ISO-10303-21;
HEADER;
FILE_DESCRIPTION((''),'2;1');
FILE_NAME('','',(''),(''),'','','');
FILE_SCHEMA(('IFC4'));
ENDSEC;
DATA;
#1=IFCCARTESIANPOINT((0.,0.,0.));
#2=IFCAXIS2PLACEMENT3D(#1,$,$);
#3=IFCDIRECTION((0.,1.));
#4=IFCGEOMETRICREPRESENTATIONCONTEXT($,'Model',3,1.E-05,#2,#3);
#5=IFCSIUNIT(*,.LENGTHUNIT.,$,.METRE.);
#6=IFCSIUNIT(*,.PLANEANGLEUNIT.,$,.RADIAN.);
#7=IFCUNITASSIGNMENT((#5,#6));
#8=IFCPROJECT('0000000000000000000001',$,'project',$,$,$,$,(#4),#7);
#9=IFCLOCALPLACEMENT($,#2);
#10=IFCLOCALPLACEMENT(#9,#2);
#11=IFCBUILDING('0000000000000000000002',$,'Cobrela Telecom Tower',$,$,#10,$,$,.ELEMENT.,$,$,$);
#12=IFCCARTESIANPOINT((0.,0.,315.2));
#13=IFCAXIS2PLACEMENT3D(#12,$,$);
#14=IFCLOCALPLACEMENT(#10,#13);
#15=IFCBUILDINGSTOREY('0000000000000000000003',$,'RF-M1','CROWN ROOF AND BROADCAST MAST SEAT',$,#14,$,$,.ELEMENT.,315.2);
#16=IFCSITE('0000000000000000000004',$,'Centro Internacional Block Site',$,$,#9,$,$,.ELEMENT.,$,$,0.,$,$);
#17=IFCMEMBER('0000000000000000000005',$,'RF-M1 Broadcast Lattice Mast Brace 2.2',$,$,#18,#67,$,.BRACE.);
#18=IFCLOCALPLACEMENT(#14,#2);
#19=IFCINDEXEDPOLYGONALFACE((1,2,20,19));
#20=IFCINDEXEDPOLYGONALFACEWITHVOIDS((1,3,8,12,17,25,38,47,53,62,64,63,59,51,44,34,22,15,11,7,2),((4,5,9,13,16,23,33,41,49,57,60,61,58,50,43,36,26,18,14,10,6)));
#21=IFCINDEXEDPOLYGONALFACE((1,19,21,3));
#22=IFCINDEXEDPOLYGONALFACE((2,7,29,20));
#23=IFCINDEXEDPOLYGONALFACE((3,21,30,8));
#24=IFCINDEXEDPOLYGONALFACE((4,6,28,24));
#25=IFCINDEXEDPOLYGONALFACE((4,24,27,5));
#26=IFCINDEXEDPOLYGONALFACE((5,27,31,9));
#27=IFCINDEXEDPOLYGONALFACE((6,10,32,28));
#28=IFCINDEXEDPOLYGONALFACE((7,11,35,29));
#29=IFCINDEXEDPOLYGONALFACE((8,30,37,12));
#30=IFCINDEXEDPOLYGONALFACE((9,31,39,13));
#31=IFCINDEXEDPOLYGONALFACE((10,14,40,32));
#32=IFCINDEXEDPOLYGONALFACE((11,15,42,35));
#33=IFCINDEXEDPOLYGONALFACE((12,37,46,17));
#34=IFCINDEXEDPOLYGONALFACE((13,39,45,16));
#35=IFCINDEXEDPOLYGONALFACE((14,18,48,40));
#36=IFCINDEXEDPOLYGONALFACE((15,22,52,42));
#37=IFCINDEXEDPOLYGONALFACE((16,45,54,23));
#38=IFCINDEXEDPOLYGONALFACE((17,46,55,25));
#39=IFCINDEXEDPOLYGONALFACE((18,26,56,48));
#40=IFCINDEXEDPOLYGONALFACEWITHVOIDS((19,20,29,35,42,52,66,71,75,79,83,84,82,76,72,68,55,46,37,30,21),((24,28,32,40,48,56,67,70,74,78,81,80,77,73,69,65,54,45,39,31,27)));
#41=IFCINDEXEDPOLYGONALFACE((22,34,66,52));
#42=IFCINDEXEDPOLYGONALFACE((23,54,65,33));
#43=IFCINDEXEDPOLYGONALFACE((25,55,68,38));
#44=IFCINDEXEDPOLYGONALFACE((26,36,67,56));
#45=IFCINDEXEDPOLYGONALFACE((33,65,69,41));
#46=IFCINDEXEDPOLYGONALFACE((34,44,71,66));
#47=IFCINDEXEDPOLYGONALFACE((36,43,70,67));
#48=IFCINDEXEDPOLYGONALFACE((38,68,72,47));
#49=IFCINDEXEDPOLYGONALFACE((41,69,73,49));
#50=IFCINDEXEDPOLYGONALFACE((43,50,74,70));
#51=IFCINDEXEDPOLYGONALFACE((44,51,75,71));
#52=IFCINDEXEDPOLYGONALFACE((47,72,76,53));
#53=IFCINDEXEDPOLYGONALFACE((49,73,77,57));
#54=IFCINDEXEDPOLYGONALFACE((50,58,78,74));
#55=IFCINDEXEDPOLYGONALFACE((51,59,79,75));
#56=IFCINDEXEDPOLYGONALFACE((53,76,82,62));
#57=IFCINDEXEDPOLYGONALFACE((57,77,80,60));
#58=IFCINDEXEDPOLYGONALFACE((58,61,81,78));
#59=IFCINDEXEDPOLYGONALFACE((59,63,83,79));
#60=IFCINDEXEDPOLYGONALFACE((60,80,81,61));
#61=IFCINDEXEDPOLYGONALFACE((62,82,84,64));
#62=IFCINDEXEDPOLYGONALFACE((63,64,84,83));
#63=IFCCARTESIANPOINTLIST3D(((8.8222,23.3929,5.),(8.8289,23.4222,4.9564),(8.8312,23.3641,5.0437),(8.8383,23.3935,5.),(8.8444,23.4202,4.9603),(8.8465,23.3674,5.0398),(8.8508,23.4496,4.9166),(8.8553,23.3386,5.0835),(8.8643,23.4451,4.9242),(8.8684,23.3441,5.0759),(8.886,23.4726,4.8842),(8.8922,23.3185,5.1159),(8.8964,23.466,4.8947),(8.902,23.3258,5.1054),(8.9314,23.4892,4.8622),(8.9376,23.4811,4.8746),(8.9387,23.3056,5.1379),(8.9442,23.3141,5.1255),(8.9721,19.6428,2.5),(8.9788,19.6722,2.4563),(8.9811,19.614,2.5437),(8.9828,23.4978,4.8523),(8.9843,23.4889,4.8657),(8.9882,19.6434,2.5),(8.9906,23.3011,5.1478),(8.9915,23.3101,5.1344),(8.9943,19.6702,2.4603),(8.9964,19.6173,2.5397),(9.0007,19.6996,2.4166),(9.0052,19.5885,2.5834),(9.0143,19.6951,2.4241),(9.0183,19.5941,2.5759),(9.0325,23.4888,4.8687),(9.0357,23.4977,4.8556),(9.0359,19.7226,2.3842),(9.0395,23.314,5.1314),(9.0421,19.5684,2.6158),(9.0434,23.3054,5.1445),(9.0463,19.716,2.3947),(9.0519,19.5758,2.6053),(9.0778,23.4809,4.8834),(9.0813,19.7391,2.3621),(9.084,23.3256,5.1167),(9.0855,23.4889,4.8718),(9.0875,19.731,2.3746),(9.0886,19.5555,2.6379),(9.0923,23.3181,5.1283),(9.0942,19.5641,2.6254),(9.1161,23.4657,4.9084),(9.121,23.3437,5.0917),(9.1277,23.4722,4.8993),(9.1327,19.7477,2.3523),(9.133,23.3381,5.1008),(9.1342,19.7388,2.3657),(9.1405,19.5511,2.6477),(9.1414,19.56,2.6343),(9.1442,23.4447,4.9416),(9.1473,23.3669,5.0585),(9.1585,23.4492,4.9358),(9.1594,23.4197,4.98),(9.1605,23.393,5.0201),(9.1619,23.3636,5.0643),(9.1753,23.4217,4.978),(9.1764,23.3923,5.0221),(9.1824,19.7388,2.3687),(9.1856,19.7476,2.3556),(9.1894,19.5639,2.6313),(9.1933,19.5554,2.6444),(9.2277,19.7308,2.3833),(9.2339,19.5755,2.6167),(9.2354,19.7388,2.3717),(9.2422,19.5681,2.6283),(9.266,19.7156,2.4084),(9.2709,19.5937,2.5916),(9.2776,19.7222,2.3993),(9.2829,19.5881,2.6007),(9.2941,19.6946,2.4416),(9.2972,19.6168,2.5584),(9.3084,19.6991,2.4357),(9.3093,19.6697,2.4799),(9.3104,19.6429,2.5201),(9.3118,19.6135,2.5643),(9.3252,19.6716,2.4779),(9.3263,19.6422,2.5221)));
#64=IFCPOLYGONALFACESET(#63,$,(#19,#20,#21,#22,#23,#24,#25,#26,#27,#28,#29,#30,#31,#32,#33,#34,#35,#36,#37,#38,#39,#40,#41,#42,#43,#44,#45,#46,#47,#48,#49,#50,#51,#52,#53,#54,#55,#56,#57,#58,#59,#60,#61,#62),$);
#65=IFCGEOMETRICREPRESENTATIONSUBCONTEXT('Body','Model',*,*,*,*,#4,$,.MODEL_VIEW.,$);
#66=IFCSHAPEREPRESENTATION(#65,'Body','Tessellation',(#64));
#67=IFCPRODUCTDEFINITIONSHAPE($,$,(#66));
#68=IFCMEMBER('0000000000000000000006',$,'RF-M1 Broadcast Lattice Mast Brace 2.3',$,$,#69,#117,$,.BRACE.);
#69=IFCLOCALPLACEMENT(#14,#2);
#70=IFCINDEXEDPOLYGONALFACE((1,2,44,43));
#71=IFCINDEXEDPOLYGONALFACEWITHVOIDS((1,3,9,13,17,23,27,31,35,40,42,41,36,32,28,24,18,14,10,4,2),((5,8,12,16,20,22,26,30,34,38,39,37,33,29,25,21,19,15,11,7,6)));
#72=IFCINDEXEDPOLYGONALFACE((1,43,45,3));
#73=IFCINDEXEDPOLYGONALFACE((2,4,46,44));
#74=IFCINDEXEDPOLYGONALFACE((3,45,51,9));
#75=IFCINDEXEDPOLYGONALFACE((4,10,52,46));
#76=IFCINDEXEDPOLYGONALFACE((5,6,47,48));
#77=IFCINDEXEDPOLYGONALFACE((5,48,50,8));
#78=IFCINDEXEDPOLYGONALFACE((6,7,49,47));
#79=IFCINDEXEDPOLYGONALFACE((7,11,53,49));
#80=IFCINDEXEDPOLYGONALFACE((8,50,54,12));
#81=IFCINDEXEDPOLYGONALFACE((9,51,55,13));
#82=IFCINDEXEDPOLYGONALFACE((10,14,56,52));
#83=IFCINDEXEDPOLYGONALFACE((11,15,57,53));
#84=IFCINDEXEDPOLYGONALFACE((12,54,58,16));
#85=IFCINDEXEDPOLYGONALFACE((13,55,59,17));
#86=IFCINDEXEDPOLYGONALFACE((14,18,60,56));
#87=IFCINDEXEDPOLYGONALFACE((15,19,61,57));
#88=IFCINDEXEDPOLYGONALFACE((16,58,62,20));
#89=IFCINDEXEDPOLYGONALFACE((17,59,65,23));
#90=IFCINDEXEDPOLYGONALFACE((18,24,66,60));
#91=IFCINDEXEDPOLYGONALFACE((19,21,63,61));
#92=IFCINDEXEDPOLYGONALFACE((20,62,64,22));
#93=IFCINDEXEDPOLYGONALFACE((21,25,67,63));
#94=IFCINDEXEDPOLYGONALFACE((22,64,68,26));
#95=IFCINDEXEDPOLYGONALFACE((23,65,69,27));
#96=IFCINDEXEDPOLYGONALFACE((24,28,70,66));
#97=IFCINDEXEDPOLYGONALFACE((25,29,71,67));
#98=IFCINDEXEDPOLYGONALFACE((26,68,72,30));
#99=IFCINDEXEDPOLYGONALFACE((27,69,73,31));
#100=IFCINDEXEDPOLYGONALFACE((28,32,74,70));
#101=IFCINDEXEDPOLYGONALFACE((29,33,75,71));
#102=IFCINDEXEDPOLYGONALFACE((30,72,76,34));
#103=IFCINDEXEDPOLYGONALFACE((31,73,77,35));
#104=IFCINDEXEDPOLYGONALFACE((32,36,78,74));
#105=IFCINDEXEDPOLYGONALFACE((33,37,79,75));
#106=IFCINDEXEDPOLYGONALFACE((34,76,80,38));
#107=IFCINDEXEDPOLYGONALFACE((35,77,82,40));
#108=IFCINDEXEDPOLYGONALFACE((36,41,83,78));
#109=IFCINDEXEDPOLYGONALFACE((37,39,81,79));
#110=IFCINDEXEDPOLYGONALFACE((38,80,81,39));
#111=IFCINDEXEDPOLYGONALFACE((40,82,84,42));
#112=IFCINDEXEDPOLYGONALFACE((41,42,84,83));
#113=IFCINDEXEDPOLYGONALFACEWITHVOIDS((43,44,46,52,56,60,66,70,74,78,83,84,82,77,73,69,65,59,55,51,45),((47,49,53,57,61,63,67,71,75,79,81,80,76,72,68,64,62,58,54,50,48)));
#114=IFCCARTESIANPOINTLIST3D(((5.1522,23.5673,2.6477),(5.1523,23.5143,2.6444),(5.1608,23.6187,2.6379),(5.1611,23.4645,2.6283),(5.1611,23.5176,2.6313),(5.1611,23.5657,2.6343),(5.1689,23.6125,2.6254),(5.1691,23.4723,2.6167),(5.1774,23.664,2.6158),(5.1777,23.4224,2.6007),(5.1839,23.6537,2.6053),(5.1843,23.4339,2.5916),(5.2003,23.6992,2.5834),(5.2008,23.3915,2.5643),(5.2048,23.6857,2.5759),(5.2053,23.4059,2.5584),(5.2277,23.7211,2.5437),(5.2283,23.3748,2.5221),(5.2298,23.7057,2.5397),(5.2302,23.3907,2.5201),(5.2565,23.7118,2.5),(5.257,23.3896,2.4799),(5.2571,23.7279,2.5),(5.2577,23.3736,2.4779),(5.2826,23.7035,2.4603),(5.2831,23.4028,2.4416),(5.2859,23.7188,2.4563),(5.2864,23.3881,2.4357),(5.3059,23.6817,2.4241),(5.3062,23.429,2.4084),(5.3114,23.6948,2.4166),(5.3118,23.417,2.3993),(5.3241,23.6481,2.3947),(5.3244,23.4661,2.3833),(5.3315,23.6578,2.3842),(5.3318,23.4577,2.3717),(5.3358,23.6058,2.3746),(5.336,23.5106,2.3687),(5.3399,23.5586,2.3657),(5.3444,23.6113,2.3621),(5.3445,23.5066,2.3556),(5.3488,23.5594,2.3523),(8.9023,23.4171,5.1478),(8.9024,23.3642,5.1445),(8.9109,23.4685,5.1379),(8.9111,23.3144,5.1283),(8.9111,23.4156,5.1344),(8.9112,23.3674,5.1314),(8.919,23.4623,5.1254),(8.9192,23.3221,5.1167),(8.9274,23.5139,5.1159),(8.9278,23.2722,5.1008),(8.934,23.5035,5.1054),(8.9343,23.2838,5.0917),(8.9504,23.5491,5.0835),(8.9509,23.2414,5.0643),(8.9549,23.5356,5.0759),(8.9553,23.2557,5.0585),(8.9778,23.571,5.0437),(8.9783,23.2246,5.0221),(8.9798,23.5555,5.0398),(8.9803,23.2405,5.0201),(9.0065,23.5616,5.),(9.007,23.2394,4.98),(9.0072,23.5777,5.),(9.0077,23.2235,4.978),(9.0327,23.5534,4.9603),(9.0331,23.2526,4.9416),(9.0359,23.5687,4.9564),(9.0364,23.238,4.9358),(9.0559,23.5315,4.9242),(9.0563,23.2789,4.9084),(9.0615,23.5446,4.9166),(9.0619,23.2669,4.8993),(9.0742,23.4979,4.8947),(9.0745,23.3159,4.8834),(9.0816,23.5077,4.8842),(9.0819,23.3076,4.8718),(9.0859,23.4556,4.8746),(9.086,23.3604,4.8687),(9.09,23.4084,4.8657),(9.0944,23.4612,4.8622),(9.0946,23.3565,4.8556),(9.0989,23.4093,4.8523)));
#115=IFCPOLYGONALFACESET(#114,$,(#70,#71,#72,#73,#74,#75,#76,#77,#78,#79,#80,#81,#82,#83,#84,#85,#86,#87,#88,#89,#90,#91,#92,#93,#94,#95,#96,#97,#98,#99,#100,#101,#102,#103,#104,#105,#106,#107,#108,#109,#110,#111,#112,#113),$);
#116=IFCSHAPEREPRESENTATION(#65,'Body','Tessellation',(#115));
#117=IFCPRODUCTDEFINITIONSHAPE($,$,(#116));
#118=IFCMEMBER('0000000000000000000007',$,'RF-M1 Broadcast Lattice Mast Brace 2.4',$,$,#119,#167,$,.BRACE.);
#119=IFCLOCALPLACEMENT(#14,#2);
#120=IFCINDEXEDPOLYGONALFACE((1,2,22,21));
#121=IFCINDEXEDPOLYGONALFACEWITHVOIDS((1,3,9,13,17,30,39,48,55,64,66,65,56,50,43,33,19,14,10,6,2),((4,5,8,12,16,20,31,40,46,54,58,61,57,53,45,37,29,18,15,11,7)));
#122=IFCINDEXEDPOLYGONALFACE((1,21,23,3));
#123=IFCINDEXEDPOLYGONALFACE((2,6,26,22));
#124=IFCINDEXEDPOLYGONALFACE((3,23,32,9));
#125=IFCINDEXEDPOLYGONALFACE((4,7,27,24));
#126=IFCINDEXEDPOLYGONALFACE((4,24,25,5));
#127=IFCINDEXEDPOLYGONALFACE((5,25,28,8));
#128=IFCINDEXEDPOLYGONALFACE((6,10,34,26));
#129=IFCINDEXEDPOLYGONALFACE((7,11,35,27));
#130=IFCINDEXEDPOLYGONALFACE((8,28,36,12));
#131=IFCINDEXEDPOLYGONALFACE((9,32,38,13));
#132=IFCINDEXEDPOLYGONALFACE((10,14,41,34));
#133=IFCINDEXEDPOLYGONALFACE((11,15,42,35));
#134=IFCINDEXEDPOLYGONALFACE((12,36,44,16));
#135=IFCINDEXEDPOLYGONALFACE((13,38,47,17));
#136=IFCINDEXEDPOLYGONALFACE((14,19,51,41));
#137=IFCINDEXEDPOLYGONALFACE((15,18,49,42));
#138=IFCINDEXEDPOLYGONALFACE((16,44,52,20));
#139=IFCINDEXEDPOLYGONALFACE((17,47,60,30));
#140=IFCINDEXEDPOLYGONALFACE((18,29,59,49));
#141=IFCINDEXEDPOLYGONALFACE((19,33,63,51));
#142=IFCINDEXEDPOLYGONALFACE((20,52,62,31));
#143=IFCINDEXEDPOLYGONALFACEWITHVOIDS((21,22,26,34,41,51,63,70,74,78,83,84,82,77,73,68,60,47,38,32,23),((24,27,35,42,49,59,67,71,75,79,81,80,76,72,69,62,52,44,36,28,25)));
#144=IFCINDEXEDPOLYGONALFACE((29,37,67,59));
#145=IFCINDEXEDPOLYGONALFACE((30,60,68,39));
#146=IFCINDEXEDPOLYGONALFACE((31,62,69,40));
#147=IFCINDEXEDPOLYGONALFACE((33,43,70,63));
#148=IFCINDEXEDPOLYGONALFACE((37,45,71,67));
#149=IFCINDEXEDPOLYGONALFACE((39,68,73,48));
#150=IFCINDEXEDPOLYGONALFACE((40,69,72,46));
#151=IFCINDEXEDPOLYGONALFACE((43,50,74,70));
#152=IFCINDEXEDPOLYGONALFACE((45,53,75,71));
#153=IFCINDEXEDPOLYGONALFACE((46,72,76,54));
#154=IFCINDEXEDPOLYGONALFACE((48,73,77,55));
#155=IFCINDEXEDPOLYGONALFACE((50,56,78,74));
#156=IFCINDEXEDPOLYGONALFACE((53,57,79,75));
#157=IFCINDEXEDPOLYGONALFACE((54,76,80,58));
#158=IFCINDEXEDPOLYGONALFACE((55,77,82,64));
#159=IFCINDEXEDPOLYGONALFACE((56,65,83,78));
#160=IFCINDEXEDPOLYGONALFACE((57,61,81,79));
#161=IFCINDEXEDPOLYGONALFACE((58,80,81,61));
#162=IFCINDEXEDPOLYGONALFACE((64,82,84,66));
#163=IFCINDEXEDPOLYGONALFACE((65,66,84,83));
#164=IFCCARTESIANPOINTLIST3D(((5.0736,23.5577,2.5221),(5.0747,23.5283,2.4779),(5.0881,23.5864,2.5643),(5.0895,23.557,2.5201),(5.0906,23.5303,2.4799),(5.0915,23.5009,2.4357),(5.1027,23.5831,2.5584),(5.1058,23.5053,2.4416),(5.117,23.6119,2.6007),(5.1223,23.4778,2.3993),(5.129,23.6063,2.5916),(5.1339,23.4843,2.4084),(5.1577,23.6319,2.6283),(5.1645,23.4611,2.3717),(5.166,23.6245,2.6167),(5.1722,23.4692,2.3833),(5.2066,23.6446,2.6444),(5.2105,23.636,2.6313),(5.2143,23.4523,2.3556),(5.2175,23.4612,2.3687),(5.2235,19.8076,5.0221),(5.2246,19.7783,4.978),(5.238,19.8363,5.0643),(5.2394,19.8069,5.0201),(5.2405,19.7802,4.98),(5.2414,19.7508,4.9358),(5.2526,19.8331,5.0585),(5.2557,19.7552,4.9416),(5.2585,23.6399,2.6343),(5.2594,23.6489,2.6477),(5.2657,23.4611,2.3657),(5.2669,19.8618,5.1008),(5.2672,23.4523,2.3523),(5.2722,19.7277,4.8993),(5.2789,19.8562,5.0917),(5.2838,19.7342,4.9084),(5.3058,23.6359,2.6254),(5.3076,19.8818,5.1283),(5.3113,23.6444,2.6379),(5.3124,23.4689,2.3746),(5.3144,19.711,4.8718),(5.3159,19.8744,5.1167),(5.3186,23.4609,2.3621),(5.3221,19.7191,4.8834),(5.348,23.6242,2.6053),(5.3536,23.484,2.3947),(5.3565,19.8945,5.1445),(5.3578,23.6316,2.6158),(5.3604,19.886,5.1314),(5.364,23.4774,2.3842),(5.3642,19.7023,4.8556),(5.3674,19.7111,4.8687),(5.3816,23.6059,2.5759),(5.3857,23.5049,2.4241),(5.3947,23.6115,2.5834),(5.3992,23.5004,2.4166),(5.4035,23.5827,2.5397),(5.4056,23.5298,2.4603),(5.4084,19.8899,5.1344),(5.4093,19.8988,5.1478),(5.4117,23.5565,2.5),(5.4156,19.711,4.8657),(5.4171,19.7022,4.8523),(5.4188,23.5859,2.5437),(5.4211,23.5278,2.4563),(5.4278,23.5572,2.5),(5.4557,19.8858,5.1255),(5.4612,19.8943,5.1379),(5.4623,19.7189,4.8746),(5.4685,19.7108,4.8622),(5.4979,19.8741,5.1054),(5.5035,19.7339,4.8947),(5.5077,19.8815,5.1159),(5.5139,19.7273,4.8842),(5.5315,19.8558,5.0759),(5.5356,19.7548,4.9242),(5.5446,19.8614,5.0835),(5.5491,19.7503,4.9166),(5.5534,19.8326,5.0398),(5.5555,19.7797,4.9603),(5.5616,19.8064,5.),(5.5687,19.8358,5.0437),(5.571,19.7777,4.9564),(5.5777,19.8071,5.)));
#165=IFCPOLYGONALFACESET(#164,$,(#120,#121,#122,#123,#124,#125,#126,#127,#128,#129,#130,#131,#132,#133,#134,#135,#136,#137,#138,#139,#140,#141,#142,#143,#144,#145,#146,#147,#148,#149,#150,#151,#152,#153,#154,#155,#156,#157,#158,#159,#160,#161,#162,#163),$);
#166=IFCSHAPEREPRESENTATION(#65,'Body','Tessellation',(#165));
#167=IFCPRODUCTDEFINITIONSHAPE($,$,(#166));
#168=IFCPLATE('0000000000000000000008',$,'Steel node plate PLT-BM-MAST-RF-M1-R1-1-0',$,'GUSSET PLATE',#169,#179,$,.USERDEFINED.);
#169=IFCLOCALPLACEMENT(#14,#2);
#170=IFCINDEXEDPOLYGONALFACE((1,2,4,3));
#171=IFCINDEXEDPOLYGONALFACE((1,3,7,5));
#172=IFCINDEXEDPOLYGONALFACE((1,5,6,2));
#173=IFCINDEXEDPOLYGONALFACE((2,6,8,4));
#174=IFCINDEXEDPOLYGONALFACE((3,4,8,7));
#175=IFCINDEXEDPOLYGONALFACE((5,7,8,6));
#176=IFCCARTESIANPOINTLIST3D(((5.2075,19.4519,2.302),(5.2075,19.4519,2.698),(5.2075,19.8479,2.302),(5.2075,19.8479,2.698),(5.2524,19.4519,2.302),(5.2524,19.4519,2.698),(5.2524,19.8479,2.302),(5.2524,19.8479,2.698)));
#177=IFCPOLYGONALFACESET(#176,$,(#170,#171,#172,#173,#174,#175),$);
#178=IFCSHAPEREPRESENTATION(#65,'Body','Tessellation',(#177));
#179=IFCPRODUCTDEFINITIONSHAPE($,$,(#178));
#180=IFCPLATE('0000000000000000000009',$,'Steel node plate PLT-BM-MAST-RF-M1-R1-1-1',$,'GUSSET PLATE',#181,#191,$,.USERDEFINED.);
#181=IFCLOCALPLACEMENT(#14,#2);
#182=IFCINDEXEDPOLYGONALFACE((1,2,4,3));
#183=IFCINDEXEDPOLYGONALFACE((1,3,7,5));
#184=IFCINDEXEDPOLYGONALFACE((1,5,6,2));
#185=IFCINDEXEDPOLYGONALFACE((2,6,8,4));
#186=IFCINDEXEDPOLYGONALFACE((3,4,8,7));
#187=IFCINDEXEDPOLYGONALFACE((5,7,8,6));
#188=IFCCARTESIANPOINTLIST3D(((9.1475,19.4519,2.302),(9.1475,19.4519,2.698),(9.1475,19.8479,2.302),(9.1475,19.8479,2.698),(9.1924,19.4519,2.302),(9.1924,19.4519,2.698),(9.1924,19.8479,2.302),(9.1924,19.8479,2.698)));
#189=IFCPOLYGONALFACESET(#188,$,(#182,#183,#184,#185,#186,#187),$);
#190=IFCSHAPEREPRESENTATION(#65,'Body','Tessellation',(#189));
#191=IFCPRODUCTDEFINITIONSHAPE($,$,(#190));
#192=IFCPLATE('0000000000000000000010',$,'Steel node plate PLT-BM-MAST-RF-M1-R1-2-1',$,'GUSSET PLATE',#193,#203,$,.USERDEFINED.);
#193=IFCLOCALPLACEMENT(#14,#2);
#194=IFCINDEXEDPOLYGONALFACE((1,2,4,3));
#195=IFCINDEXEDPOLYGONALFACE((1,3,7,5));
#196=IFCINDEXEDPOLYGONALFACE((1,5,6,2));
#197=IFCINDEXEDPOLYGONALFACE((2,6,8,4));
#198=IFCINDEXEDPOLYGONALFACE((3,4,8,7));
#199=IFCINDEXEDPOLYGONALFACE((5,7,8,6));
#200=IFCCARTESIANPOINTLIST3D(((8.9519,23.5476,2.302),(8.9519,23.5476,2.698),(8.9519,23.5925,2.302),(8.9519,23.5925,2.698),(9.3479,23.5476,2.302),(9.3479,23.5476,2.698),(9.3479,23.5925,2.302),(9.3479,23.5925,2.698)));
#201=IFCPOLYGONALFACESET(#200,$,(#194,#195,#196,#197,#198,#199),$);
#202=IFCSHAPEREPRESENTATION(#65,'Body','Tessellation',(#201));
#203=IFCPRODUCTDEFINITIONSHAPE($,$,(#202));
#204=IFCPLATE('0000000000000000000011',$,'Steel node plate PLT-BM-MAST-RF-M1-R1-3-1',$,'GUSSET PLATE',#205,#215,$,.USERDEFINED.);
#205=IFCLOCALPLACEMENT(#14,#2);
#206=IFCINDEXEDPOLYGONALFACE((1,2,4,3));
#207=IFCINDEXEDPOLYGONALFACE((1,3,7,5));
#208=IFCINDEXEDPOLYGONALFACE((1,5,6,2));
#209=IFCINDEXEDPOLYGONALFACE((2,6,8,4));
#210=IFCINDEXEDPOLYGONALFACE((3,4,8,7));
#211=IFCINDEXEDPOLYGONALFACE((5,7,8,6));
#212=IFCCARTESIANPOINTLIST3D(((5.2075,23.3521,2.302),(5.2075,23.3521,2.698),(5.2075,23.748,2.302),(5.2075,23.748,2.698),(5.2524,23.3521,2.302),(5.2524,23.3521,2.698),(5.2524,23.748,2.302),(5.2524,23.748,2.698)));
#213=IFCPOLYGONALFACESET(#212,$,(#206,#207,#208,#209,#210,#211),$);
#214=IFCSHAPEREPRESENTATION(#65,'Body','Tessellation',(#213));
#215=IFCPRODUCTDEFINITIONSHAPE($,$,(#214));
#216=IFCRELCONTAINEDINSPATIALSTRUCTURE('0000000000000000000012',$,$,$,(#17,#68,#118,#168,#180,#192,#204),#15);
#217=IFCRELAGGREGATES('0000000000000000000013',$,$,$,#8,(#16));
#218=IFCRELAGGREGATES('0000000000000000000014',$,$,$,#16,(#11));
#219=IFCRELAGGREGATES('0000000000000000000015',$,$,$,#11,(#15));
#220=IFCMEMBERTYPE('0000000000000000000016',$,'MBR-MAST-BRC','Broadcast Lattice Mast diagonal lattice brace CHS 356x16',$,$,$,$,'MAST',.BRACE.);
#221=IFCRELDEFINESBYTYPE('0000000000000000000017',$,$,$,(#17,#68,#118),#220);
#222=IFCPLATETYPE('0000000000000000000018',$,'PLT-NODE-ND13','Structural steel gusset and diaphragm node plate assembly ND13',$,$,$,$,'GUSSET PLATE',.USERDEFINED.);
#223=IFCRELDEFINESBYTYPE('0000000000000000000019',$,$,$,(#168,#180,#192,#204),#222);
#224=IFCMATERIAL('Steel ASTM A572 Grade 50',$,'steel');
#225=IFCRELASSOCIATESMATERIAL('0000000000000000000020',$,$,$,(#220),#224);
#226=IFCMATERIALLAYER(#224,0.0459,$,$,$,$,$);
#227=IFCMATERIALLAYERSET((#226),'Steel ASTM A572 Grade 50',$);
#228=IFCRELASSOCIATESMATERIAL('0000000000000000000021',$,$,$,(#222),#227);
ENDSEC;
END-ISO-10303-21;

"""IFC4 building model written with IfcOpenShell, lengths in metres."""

from ifc_helpers import new_model, si_unit, direction, frame, origin, origin_2d, place, context, subcontext, project, spatial, rectangle, hollow_circle, extrude, material, layer, layer_set, material_profile, profile_set, type_object, element, save


model = new_model("IFC4")

# Units and contexts
model_context = context("Model", 3, precision=1e-05, world=origin(), true_north=direction((0.0, 1.0)))
body_context = subcontext(model_context, "Body", "Model", "MODEL_VIEW")
ifc_project = project(units=[si_unit("LENGTHUNIT", "METRE"), si_unit("PLANEANGLEUNIT", "RADIAN")], contexts=[model_context])

# Site, building, storey
site_placement = place(None, origin())
site = spatial("IfcSite", under=ifc_project, at=site_placement, Name="Centro Internacional Block Site", CompositionType="ELEMENT", RefElevation=0.0)
building_placement = place(site_placement, origin())
building = spatial("IfcBuilding", under=site, at=building_placement, Name="Cobrela Telecom Tower", CompositionType="ELEMENT")
storey_placement = place(building_placement, frame((0.0, 0.0, 315.2)))
storey = spatial("IfcBuildingStorey", under=building, at=storey_placement, Name="RF-M1", Description="CROWN ROOF AND BROADCAST MAST SEAT", CompositionType="ELEMENT", Elevation=315.2)

# Shared definitions
ifc_material = material(Name="Steel ASTM A572 Grade 50", Category="steel")

# Members
ifc_material_profile_1 = material_profile(ifc_material, hollow_circle(Radius=0.178, WallThickness=0.0161, at=origin_2d()), Name="CHS 356x16")
ifc_profile_set_1 = profile_set([ifc_material_profile_1], Name="Steel ASTM A572 Grade 50")
member_type = type_object("IfcMemberType", Name="MBR-MAST-BRC", Description="Broadcast Lattice Mast diagonal lattice brace CHS 356x16", ElementType="MAST", PredefinedType="BRACE", material=ifc_profile_set_1)
for number, where, z_axis, x_axis, name in (
    (1, (9.1499, 19.6499, 2.5), (-0.033242, 0.83159, 0.554394), (-0.999202, -0.039942, 0.0), "RF-M1 Broadcast Lattice Mast Brace 2.2"),
    (2, (5.25, 23.55, 2.5), (0.831589, -0.033296, 0.554393), (0.040007, 0.999199, 0.0), "RF-M1 Broadcast Lattice Mast Brace 2.3"),
    (3, (5.25, 23.55, 2.5), (0.033242, -0.83159, 0.554394), (0.999202, 0.039942, 0.0), "RF-M1 Broadcast Lattice Mast Brace 2.4"),
):
    element("IfcMember", number, at=place(storey_placement, frame(where, z_axis=z_axis, x_axis=x_axis)), inside=storey, type_object=member_type, Name=name, PredefinedType="BRACE", context=body_context, shape_type="SweptSolid", body=[
        extrude(hollow_circle(Radius=0.178, WallThickness=0.0161, at=origin_2d()), origin(), (0.0, 0.0, 1.0), 4.5095),
    ])

# Plates
ifc_layer = layer(ifc_material, 0.0459)
ifc_layer_set = layer_set([ifc_layer], Name="Steel ASTM A572 Grade 50")
plate_type = type_object("IfcPlateType", Name="PLT-NODE-ND13", Description="Structural steel gusset and diaphragm node plate assembly ND13", ElementType="GUSSET PLATE", PredefinedType="USERDEFINED", material=ifc_layer_set)
for number, where, z_axis, x_axis, name in (
    (4, (5.23, 19.6499, 2.302), (0.0, 0.0, 1.0), (1.0, 0.0, 0.0), "Steel node plate PLT-BM-MAST-RF-M1-R1-1-0"),
    (5, (9.1699, 19.6499, 2.302), (0.0, 0.0, 1.0), (1.0, 0.0, 0.0), "Steel node plate PLT-BM-MAST-RF-M1-R1-1-1"),
    (6, (9.1499, 23.5701, 2.302), (0.0, 0.0, 1.0), (0.0, 1.0, 0.0), "Steel node plate PLT-BM-MAST-RF-M1-R1-2-1"),
    (7, (5.23, 23.55, 2.302), (0.0, 0.0, 1.0), (-1.0, 0.0, 0.0), "Steel node plate PLT-BM-MAST-RF-M1-R1-3-1"),
):
    element("IfcPlate", number, at=place(storey_placement, frame(where, z_axis=z_axis, x_axis=x_axis)), inside=storey, type_object=plate_type, Name=name, ObjectType="GUSSET PLATE", PredefinedType="USERDEFINED", context=body_context, shape_type="SweptSolid", body=[
        extrude(rectangle(XDim=0.0449, YDim=0.396, at=origin_2d()), origin(), (0.0, 0.0, 1.0), 0.396),
    ])

save(model, "model.ifc")
